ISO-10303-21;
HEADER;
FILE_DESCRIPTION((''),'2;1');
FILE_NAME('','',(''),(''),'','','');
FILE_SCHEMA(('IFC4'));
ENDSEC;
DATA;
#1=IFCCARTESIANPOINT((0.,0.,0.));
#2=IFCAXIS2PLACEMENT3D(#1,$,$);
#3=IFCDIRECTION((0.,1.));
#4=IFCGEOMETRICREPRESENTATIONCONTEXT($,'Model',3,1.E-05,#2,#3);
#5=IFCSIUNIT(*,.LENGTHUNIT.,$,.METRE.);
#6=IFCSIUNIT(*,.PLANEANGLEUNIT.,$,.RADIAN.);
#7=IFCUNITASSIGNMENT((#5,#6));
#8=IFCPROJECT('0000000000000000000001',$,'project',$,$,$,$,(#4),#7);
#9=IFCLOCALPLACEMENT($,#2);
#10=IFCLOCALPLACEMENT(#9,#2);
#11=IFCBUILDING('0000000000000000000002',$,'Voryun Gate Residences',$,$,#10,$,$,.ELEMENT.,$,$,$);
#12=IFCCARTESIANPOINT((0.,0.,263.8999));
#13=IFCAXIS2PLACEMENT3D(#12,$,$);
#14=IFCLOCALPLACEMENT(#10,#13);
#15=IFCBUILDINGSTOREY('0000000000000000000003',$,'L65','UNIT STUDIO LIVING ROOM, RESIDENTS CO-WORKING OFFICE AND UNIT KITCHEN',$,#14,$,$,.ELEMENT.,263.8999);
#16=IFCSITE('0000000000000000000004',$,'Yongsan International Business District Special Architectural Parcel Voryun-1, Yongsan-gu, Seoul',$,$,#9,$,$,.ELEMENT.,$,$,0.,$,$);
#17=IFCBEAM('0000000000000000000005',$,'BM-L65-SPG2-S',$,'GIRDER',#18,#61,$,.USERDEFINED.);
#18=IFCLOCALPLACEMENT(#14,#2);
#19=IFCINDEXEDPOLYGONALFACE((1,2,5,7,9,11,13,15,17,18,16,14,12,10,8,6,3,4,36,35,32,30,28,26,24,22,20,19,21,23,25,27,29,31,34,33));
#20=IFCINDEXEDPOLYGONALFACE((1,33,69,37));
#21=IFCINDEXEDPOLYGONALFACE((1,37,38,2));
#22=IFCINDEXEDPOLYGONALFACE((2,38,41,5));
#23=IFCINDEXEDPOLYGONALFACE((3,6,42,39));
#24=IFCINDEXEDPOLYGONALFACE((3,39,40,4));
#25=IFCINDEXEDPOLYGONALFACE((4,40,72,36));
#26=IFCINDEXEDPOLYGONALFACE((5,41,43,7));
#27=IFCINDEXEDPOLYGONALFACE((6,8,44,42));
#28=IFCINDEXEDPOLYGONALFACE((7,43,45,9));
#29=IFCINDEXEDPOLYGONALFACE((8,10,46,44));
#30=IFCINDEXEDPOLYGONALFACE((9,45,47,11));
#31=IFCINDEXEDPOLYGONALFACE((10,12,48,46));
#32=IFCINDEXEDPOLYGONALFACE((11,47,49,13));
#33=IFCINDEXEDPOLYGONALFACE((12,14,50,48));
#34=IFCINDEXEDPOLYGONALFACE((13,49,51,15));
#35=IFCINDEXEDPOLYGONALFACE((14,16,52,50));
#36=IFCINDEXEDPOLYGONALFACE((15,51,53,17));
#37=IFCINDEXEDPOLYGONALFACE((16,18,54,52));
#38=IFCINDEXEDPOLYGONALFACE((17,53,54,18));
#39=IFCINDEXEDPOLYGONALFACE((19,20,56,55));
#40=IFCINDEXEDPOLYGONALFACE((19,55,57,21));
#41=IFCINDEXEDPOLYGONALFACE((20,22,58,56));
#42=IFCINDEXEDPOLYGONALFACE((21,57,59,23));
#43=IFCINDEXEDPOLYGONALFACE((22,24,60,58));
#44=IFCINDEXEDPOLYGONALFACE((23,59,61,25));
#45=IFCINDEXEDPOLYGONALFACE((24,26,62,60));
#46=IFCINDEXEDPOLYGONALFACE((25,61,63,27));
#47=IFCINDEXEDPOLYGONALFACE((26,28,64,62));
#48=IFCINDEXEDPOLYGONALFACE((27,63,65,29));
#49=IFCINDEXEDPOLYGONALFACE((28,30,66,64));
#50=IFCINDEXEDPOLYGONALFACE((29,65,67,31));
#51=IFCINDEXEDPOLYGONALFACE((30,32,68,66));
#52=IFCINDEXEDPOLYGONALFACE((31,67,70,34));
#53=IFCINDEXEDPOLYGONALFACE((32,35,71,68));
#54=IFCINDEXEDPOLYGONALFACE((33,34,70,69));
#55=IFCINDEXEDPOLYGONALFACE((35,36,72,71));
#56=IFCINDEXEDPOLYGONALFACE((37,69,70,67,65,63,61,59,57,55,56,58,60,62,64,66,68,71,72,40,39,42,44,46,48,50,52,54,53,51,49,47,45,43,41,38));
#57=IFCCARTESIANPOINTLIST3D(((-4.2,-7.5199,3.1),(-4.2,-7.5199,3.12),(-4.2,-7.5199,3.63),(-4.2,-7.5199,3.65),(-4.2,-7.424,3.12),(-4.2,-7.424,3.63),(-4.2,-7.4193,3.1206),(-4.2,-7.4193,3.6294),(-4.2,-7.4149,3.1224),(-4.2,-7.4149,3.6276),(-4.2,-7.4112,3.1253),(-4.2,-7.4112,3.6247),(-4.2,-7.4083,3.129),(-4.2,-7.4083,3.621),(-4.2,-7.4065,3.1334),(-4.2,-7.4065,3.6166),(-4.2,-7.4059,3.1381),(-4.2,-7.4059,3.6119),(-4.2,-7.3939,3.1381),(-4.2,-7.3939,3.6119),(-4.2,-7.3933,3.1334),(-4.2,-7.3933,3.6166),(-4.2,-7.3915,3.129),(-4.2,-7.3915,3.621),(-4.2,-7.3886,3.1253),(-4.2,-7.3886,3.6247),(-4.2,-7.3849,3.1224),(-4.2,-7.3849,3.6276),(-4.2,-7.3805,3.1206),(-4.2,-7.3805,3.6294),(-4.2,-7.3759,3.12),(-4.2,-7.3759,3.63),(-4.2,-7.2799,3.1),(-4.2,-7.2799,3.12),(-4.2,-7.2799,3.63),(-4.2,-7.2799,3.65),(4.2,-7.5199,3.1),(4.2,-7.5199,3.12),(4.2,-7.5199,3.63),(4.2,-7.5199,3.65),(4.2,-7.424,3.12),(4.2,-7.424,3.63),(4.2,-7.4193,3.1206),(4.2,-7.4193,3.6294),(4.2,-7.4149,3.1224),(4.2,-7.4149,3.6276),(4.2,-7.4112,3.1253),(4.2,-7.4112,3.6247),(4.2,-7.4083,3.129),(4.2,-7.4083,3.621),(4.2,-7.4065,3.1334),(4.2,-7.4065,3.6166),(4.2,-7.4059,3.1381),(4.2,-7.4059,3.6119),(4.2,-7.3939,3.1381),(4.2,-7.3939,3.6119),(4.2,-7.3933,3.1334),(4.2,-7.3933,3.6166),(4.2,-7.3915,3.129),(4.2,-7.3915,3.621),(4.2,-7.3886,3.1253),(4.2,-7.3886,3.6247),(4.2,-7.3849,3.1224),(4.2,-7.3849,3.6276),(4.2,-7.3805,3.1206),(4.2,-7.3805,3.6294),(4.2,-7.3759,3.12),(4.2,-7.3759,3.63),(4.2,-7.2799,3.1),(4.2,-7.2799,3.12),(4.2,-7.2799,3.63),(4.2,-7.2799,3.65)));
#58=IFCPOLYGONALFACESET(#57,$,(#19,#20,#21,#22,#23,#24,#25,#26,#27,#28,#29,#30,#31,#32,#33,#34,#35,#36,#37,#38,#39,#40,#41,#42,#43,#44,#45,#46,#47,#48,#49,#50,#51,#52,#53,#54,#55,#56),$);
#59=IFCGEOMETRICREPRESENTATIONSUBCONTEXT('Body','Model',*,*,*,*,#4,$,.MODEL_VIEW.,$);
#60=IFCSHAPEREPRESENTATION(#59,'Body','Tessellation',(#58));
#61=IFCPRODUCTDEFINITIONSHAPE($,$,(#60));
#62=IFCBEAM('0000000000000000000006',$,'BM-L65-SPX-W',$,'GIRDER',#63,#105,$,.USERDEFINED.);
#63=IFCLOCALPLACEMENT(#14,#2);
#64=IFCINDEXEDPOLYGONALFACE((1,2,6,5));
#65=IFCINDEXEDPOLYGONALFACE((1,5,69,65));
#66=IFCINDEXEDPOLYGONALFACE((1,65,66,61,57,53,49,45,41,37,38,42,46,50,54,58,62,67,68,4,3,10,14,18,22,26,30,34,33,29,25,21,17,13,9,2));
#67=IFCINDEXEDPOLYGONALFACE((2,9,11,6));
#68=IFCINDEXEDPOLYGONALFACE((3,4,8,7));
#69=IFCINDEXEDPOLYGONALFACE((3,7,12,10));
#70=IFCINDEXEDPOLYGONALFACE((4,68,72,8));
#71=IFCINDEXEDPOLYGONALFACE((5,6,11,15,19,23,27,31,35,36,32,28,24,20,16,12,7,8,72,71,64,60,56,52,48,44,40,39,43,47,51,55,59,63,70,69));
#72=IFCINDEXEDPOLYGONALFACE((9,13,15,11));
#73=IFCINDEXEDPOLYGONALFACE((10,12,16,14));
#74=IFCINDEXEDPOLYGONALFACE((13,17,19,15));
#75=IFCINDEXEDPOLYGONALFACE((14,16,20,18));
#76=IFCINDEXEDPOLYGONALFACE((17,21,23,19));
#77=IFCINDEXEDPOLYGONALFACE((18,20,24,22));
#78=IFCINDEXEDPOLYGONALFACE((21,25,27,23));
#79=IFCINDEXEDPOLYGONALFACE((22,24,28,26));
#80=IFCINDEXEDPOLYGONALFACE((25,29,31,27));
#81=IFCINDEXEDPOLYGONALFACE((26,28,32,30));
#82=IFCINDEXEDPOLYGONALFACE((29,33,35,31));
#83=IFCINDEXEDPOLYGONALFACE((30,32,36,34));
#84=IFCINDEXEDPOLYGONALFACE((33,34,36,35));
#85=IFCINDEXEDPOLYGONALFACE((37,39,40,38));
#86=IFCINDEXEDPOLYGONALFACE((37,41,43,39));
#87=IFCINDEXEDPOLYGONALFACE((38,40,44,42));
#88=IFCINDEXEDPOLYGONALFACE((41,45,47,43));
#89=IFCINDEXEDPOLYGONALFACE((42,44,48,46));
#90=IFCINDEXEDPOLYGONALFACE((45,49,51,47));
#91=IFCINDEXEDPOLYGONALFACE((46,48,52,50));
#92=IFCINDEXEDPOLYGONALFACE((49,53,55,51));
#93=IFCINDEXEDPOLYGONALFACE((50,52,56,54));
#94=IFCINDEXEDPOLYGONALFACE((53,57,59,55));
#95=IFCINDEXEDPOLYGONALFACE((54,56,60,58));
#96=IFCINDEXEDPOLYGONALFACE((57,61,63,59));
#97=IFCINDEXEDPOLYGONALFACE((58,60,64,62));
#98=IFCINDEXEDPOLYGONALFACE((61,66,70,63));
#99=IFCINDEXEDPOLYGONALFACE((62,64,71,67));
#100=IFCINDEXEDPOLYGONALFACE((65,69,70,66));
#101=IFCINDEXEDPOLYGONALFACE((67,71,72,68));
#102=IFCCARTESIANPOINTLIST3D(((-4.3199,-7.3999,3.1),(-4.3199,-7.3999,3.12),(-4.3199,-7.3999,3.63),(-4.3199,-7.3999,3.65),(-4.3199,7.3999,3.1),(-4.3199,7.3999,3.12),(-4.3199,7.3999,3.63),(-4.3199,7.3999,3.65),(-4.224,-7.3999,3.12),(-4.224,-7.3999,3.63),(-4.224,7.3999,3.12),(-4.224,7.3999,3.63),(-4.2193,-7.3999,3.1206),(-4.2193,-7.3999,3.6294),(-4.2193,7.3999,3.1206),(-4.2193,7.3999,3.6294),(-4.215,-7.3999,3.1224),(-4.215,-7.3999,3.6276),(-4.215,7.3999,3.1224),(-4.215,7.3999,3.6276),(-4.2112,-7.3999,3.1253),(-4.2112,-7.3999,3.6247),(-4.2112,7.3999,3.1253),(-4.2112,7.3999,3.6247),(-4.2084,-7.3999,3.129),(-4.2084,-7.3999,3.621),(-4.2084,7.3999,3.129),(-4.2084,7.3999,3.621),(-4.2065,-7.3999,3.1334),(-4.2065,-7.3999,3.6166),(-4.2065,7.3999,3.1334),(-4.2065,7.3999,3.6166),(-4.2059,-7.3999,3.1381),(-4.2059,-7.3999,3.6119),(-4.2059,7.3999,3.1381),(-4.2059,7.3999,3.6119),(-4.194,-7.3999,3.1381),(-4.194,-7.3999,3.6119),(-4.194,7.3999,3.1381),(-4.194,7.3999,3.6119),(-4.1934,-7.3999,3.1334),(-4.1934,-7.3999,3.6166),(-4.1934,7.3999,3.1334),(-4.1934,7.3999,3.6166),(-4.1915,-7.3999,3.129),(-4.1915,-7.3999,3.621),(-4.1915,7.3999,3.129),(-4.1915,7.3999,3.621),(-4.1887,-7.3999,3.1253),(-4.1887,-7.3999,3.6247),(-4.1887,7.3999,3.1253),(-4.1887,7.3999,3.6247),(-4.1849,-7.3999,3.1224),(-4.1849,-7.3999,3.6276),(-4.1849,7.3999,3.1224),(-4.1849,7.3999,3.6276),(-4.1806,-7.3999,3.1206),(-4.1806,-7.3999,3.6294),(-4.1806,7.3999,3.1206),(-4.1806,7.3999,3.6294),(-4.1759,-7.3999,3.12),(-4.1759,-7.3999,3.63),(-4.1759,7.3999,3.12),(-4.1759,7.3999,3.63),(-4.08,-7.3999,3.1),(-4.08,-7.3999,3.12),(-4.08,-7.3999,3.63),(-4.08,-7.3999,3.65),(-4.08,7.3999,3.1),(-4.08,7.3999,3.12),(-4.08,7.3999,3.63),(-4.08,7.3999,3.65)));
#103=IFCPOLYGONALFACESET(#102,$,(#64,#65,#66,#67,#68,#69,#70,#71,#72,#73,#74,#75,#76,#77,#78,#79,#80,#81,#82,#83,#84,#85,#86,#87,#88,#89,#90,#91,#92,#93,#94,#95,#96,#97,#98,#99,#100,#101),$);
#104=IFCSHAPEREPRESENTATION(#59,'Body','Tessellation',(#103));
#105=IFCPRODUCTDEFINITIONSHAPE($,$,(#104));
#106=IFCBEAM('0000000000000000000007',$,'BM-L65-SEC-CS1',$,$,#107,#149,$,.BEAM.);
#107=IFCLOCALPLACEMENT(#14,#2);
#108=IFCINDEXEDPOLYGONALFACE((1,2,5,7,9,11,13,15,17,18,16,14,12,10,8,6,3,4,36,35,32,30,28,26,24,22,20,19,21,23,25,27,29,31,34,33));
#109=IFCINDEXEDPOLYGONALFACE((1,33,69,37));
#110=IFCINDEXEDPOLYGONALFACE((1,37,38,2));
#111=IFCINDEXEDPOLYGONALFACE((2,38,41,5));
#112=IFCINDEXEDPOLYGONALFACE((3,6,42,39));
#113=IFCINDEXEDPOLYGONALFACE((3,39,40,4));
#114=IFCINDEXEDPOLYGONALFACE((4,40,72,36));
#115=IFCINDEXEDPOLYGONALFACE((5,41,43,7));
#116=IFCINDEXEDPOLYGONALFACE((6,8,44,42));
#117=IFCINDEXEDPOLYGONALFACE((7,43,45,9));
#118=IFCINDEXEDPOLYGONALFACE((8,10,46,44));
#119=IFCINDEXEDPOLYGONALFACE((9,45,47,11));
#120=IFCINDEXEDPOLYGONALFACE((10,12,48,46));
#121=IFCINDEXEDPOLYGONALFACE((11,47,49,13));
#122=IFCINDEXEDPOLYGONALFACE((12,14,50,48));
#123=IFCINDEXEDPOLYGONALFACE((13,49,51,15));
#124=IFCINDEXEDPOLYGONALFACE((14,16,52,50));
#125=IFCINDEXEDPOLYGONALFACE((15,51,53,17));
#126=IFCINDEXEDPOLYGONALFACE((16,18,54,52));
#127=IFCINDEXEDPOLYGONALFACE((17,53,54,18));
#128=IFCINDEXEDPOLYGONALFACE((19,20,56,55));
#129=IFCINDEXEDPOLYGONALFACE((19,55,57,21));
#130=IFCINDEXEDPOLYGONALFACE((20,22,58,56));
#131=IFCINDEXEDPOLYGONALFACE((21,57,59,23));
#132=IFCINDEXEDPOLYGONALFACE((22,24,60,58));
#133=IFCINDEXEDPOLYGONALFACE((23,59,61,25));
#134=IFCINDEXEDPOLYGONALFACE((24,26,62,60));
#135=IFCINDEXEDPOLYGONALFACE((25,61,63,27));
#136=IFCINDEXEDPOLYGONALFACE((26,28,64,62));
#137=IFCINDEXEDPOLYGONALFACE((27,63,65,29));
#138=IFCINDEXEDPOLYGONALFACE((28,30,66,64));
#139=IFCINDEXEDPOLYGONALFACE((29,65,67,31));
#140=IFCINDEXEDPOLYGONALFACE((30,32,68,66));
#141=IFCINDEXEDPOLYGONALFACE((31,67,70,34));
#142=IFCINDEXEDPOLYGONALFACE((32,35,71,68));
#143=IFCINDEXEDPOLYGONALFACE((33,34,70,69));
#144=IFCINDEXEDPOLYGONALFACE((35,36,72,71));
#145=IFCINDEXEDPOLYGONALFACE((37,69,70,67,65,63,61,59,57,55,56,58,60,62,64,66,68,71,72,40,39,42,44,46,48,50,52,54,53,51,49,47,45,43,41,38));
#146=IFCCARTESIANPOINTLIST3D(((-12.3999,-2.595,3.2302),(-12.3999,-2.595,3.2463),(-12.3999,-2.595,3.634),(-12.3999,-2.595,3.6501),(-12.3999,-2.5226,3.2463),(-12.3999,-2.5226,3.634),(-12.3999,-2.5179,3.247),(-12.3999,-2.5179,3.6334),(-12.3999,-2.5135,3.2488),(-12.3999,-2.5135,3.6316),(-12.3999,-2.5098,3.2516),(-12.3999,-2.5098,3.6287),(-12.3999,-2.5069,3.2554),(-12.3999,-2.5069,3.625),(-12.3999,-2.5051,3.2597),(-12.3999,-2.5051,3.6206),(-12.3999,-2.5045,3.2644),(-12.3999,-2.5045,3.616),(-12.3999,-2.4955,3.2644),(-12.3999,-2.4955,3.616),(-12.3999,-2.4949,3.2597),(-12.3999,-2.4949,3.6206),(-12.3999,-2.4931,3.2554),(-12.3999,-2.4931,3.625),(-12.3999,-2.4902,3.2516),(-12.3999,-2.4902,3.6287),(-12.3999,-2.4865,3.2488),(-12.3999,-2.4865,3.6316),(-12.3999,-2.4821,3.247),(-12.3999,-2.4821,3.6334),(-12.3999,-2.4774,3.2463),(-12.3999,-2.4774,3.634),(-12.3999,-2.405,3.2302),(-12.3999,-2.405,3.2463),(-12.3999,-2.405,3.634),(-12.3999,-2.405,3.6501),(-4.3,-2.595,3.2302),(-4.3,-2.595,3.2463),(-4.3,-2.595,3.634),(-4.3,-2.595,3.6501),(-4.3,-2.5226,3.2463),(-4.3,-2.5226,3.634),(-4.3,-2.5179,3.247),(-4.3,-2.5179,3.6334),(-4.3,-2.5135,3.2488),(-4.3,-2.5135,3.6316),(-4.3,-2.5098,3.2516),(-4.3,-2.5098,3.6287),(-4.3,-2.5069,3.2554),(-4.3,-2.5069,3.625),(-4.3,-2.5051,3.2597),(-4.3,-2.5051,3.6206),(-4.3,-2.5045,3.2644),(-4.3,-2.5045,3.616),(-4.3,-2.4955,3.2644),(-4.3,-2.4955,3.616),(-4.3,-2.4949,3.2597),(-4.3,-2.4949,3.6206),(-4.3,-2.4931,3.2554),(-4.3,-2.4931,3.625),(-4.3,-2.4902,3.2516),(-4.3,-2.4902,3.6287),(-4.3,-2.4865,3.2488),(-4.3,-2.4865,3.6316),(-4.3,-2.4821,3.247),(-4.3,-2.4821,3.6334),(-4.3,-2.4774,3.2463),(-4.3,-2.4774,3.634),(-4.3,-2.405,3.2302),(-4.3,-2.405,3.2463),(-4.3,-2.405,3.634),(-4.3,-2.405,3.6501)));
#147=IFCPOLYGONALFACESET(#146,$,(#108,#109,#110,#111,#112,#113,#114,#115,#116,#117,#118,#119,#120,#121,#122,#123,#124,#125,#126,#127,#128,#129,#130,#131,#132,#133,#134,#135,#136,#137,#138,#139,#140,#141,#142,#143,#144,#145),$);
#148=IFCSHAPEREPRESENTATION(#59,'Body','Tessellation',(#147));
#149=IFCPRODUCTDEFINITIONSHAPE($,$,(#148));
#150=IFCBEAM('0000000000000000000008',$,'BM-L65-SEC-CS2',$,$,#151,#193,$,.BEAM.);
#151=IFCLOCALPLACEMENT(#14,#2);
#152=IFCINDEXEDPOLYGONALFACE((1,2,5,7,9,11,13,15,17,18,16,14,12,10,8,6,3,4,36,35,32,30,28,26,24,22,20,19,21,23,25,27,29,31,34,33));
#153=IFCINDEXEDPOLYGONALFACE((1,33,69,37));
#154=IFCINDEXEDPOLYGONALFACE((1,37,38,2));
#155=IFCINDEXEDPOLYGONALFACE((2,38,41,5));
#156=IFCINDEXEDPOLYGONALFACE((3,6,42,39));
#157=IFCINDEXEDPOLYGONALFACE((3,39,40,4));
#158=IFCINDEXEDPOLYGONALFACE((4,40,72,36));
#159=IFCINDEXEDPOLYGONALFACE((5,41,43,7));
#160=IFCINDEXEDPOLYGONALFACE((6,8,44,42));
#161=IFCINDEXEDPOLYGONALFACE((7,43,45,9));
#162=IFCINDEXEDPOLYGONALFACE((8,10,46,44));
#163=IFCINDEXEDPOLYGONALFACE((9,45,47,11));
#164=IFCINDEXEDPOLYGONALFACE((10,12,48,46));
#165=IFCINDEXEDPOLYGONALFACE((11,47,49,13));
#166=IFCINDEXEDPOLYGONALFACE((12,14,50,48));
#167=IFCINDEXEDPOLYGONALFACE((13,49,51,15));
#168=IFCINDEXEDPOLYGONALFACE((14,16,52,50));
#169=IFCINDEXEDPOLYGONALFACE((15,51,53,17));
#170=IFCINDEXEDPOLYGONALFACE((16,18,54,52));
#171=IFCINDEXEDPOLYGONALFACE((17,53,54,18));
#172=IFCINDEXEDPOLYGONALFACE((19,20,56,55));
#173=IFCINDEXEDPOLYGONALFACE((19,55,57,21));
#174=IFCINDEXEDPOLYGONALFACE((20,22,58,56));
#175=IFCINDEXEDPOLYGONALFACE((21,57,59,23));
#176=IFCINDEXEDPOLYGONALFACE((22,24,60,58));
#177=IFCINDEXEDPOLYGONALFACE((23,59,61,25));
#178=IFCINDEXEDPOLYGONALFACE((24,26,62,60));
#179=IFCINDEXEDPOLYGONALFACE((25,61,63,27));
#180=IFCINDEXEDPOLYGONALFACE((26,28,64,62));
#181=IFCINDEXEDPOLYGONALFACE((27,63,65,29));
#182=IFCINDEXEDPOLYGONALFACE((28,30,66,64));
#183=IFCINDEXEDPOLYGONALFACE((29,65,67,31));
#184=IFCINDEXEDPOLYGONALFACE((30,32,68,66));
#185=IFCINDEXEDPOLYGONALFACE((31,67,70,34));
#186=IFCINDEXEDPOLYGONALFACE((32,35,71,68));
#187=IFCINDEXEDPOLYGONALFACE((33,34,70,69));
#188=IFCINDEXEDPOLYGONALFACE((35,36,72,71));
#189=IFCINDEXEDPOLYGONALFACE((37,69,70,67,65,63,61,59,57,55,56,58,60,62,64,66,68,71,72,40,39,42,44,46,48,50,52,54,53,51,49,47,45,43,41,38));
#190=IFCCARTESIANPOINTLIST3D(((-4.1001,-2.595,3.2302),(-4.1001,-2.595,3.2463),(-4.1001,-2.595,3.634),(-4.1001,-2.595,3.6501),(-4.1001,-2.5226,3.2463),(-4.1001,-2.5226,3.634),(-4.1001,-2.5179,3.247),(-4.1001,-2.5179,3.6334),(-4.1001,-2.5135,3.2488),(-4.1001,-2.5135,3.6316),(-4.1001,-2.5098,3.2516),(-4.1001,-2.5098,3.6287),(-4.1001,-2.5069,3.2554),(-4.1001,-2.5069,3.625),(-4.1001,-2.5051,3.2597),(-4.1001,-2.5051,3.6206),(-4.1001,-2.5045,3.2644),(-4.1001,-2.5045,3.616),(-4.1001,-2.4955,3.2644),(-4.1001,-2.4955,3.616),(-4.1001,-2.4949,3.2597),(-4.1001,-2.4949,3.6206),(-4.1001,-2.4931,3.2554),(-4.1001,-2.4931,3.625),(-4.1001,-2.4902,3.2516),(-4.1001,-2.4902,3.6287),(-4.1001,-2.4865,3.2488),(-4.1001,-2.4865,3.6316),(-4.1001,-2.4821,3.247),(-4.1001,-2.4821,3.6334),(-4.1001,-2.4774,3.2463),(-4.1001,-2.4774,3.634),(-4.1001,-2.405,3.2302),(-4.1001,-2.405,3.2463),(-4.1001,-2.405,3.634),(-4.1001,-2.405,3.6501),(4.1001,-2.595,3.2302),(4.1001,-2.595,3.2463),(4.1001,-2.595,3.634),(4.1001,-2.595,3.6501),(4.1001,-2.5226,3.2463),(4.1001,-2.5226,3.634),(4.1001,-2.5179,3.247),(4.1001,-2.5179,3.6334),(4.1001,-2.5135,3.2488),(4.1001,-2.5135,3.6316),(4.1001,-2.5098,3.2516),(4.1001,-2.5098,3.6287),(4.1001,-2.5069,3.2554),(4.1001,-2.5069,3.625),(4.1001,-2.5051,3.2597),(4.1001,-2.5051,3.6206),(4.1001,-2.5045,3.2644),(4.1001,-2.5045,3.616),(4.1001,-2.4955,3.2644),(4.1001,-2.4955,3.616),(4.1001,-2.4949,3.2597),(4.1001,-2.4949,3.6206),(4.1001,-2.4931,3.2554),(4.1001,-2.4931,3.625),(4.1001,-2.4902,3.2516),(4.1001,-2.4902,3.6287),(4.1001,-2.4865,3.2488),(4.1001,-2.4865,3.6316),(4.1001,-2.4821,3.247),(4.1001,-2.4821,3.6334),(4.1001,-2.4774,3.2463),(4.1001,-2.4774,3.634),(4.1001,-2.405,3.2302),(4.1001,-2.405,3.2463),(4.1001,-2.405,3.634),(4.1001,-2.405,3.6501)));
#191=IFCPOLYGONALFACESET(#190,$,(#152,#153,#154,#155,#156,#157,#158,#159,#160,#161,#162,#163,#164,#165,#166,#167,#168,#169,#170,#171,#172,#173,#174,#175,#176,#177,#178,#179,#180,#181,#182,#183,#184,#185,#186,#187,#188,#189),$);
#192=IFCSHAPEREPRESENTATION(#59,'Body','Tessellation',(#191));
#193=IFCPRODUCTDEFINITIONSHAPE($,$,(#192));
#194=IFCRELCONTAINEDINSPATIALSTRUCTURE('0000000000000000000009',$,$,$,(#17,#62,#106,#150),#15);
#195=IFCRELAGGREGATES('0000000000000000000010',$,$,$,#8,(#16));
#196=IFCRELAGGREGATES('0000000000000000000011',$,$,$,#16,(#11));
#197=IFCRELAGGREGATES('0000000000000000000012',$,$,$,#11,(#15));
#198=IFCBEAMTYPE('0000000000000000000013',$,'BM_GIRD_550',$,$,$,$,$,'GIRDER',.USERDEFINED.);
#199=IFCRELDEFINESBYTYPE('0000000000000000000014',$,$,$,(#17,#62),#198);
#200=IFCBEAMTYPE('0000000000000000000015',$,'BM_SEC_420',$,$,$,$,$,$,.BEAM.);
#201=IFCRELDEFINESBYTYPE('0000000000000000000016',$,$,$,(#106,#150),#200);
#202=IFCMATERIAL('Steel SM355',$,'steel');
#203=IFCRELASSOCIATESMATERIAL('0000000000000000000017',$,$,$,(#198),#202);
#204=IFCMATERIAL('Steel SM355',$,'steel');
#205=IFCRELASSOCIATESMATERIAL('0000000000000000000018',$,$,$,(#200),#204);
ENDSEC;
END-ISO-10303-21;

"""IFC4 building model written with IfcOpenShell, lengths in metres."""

from ifc_helpers import new_model, si_unit, direction, frame, origin, origin_2d, place, context, subcontext, project, spatial, i_section, extrude, material, material_profile, profile_set, type_object, element, save


model = new_model("IFC4")

# Units and contexts
model_context = context("Model", 3, precision=1e-05, world=origin(), true_north=direction((0.0, 1.0)))
body_context = subcontext(model_context, "Body", "Model", "MODEL_VIEW")
ifc_project = project(units=[si_unit("LENGTHUNIT", "METRE"), si_unit("PLANEANGLEUNIT", "RADIAN")], contexts=[model_context])

# Site, building, storey
site_placement = place(None, origin())
site = spatial("IfcSite", under=ifc_project, at=site_placement, Name="Yongsan International Business District Special Architectural Parcel Voryun-1, Yongsan-gu, Seoul", CompositionType="ELEMENT", RefElevation=0.0)
building_placement = place(site_placement, origin())
building = spatial("IfcBuilding", under=site, at=building_placement, Name="Voryun Gate Residences", CompositionType="ELEMENT")
storey_placement = place(building_placement, frame((0.0, 0.0, 263.8999)))
storey = spatial("IfcBuildingStorey", under=building, at=storey_placement, Name="L65", Description="UNIT STUDIO LIVING ROOM, RESIDENTS CO-WORKING OFFICE AND UNIT KITCHEN", CompositionType="ELEMENT", Elevation=263.8999)

# Beams
ifc_material_1 = material(Name="Steel SM355", Category="steel")
ifc_material_profile_1 = material_profile(ifc_material_1, i_section(OverallWidth=0.24, OverallDepth=0.55, WebThickness=0.012, FlangeThickness=0.02, FilletRadius=0.0181, at=origin_2d()), Name="H-550x240x12x20")
ifc_profile_set_1 = profile_set([ifc_material_profile_1], Name="Steel SM355")
beam_type_1 = type_object("IfcBeamType", Name="BM_GIRD_550", ElementType="GIRDER", PredefinedType="USERDEFINED", material=ifc_profile_set_1)
beam_1_placement = place(storey_placement, frame((-4.2, -7.3999, 3.375), z_axis=(1.0, 0.0, 0.0), x_axis=(0.0, 1.0, 0.0)))
element("IfcBeam", 1, at=beam_1_placement, inside=storey, type_object=beam_type_1, Name="BM-L65-SPG2-S", ObjectType="GIRDER", PredefinedType="USERDEFINED", context=body_context, shape_type="SweptSolid", body=[
    extrude(i_section(OverallWidth=0.24, OverallDepth=0.55, WebThickness=0.012, FlangeThickness=0.02, FilletRadius=0.0181, at=origin_2d()), origin(), (0.0, 0.0, 1.0), 8.3999),
])
beam_2_placement = place(storey_placement, frame((-4.2, -7.3999, 3.375), z_axis=(0.0, 1.0, 0.0), x_axis=(-1.0, 0.0, 0.0)))
element("IfcBeam", 2, at=beam_2_placement, inside=storey, type_object=beam_type_1, Name="BM-L65-SPX-W", ObjectType="GIRDER", PredefinedType="USERDEFINED", context=body_context, shape_type="SweptSolid", body=[
    extrude(i_section(OverallWidth=0.24, OverallDepth=0.55, WebThickness=0.012, FlangeThickness=0.02, FilletRadius=0.0181, at=origin_2d()), origin(), (0.0, 0.0, 1.0), 14.7998),
])
ifc_material_2 = material(Name="Steel SM355", Category="steel")
ifc_material_profile_2 = material_profile(ifc_material_2, i_section(OverallWidth=0.1899, OverallDepth=0.4199, WebThickness=0.009, FlangeThickness=0.0161, FilletRadius=0.0181, at=origin_2d()), Name="H-420x190x9x16")
ifc_profile_set_2 = profile_set([ifc_material_profile_2], Name="Steel SM355")
beam_type_2 = type_object("IfcBeamType", Name="BM_SEC_420", PredefinedType="BEAM", material=ifc_profile_set_2)
beam_3_placement = place(storey_placement, frame((-12.3999, -2.5, 3.4402), z_axis=(1.0, 0.0, 0.0), x_axis=(0.0, 1.0, 0.0)))
element("IfcBeam", 3, at=beam_3_placement, inside=storey, type_object=beam_type_2, Name="BM-L65-SEC-CS1", PredefinedType="BEAM", context=body_context, shape_type="SweptSolid", body=[
    extrude(i_section(OverallWidth=0.1899, OverallDepth=0.4199, WebThickness=0.009, FlangeThickness=0.0161, FilletRadius=0.0181, at=origin_2d()), origin(), (0.0, 0.0, 1.0), 8.0999),
])
beam_4_placement = place(storey_placement, frame((-4.1001, -2.5, 3.4402), z_axis=(1.0, 0.0, 0.0), x_axis=(0.0, 1.0, 0.0)))
element("IfcBeam", 4, at=beam_4_placement, inside=storey, type_object=beam_type_2, Name="BM-L65-SEC-CS2", PredefinedType="BEAM", context=body_context, shape_type="SweptSolid", body=[
    extrude(i_section(OverallWidth=0.1899, OverallDepth=0.4199, WebThickness=0.009, FlangeThickness=0.0161, FilletRadius=0.0181, at=origin_2d()), origin(), (0.0, 0.0, 1.0), 8.2002),
])

save(model, "model.ifc")
